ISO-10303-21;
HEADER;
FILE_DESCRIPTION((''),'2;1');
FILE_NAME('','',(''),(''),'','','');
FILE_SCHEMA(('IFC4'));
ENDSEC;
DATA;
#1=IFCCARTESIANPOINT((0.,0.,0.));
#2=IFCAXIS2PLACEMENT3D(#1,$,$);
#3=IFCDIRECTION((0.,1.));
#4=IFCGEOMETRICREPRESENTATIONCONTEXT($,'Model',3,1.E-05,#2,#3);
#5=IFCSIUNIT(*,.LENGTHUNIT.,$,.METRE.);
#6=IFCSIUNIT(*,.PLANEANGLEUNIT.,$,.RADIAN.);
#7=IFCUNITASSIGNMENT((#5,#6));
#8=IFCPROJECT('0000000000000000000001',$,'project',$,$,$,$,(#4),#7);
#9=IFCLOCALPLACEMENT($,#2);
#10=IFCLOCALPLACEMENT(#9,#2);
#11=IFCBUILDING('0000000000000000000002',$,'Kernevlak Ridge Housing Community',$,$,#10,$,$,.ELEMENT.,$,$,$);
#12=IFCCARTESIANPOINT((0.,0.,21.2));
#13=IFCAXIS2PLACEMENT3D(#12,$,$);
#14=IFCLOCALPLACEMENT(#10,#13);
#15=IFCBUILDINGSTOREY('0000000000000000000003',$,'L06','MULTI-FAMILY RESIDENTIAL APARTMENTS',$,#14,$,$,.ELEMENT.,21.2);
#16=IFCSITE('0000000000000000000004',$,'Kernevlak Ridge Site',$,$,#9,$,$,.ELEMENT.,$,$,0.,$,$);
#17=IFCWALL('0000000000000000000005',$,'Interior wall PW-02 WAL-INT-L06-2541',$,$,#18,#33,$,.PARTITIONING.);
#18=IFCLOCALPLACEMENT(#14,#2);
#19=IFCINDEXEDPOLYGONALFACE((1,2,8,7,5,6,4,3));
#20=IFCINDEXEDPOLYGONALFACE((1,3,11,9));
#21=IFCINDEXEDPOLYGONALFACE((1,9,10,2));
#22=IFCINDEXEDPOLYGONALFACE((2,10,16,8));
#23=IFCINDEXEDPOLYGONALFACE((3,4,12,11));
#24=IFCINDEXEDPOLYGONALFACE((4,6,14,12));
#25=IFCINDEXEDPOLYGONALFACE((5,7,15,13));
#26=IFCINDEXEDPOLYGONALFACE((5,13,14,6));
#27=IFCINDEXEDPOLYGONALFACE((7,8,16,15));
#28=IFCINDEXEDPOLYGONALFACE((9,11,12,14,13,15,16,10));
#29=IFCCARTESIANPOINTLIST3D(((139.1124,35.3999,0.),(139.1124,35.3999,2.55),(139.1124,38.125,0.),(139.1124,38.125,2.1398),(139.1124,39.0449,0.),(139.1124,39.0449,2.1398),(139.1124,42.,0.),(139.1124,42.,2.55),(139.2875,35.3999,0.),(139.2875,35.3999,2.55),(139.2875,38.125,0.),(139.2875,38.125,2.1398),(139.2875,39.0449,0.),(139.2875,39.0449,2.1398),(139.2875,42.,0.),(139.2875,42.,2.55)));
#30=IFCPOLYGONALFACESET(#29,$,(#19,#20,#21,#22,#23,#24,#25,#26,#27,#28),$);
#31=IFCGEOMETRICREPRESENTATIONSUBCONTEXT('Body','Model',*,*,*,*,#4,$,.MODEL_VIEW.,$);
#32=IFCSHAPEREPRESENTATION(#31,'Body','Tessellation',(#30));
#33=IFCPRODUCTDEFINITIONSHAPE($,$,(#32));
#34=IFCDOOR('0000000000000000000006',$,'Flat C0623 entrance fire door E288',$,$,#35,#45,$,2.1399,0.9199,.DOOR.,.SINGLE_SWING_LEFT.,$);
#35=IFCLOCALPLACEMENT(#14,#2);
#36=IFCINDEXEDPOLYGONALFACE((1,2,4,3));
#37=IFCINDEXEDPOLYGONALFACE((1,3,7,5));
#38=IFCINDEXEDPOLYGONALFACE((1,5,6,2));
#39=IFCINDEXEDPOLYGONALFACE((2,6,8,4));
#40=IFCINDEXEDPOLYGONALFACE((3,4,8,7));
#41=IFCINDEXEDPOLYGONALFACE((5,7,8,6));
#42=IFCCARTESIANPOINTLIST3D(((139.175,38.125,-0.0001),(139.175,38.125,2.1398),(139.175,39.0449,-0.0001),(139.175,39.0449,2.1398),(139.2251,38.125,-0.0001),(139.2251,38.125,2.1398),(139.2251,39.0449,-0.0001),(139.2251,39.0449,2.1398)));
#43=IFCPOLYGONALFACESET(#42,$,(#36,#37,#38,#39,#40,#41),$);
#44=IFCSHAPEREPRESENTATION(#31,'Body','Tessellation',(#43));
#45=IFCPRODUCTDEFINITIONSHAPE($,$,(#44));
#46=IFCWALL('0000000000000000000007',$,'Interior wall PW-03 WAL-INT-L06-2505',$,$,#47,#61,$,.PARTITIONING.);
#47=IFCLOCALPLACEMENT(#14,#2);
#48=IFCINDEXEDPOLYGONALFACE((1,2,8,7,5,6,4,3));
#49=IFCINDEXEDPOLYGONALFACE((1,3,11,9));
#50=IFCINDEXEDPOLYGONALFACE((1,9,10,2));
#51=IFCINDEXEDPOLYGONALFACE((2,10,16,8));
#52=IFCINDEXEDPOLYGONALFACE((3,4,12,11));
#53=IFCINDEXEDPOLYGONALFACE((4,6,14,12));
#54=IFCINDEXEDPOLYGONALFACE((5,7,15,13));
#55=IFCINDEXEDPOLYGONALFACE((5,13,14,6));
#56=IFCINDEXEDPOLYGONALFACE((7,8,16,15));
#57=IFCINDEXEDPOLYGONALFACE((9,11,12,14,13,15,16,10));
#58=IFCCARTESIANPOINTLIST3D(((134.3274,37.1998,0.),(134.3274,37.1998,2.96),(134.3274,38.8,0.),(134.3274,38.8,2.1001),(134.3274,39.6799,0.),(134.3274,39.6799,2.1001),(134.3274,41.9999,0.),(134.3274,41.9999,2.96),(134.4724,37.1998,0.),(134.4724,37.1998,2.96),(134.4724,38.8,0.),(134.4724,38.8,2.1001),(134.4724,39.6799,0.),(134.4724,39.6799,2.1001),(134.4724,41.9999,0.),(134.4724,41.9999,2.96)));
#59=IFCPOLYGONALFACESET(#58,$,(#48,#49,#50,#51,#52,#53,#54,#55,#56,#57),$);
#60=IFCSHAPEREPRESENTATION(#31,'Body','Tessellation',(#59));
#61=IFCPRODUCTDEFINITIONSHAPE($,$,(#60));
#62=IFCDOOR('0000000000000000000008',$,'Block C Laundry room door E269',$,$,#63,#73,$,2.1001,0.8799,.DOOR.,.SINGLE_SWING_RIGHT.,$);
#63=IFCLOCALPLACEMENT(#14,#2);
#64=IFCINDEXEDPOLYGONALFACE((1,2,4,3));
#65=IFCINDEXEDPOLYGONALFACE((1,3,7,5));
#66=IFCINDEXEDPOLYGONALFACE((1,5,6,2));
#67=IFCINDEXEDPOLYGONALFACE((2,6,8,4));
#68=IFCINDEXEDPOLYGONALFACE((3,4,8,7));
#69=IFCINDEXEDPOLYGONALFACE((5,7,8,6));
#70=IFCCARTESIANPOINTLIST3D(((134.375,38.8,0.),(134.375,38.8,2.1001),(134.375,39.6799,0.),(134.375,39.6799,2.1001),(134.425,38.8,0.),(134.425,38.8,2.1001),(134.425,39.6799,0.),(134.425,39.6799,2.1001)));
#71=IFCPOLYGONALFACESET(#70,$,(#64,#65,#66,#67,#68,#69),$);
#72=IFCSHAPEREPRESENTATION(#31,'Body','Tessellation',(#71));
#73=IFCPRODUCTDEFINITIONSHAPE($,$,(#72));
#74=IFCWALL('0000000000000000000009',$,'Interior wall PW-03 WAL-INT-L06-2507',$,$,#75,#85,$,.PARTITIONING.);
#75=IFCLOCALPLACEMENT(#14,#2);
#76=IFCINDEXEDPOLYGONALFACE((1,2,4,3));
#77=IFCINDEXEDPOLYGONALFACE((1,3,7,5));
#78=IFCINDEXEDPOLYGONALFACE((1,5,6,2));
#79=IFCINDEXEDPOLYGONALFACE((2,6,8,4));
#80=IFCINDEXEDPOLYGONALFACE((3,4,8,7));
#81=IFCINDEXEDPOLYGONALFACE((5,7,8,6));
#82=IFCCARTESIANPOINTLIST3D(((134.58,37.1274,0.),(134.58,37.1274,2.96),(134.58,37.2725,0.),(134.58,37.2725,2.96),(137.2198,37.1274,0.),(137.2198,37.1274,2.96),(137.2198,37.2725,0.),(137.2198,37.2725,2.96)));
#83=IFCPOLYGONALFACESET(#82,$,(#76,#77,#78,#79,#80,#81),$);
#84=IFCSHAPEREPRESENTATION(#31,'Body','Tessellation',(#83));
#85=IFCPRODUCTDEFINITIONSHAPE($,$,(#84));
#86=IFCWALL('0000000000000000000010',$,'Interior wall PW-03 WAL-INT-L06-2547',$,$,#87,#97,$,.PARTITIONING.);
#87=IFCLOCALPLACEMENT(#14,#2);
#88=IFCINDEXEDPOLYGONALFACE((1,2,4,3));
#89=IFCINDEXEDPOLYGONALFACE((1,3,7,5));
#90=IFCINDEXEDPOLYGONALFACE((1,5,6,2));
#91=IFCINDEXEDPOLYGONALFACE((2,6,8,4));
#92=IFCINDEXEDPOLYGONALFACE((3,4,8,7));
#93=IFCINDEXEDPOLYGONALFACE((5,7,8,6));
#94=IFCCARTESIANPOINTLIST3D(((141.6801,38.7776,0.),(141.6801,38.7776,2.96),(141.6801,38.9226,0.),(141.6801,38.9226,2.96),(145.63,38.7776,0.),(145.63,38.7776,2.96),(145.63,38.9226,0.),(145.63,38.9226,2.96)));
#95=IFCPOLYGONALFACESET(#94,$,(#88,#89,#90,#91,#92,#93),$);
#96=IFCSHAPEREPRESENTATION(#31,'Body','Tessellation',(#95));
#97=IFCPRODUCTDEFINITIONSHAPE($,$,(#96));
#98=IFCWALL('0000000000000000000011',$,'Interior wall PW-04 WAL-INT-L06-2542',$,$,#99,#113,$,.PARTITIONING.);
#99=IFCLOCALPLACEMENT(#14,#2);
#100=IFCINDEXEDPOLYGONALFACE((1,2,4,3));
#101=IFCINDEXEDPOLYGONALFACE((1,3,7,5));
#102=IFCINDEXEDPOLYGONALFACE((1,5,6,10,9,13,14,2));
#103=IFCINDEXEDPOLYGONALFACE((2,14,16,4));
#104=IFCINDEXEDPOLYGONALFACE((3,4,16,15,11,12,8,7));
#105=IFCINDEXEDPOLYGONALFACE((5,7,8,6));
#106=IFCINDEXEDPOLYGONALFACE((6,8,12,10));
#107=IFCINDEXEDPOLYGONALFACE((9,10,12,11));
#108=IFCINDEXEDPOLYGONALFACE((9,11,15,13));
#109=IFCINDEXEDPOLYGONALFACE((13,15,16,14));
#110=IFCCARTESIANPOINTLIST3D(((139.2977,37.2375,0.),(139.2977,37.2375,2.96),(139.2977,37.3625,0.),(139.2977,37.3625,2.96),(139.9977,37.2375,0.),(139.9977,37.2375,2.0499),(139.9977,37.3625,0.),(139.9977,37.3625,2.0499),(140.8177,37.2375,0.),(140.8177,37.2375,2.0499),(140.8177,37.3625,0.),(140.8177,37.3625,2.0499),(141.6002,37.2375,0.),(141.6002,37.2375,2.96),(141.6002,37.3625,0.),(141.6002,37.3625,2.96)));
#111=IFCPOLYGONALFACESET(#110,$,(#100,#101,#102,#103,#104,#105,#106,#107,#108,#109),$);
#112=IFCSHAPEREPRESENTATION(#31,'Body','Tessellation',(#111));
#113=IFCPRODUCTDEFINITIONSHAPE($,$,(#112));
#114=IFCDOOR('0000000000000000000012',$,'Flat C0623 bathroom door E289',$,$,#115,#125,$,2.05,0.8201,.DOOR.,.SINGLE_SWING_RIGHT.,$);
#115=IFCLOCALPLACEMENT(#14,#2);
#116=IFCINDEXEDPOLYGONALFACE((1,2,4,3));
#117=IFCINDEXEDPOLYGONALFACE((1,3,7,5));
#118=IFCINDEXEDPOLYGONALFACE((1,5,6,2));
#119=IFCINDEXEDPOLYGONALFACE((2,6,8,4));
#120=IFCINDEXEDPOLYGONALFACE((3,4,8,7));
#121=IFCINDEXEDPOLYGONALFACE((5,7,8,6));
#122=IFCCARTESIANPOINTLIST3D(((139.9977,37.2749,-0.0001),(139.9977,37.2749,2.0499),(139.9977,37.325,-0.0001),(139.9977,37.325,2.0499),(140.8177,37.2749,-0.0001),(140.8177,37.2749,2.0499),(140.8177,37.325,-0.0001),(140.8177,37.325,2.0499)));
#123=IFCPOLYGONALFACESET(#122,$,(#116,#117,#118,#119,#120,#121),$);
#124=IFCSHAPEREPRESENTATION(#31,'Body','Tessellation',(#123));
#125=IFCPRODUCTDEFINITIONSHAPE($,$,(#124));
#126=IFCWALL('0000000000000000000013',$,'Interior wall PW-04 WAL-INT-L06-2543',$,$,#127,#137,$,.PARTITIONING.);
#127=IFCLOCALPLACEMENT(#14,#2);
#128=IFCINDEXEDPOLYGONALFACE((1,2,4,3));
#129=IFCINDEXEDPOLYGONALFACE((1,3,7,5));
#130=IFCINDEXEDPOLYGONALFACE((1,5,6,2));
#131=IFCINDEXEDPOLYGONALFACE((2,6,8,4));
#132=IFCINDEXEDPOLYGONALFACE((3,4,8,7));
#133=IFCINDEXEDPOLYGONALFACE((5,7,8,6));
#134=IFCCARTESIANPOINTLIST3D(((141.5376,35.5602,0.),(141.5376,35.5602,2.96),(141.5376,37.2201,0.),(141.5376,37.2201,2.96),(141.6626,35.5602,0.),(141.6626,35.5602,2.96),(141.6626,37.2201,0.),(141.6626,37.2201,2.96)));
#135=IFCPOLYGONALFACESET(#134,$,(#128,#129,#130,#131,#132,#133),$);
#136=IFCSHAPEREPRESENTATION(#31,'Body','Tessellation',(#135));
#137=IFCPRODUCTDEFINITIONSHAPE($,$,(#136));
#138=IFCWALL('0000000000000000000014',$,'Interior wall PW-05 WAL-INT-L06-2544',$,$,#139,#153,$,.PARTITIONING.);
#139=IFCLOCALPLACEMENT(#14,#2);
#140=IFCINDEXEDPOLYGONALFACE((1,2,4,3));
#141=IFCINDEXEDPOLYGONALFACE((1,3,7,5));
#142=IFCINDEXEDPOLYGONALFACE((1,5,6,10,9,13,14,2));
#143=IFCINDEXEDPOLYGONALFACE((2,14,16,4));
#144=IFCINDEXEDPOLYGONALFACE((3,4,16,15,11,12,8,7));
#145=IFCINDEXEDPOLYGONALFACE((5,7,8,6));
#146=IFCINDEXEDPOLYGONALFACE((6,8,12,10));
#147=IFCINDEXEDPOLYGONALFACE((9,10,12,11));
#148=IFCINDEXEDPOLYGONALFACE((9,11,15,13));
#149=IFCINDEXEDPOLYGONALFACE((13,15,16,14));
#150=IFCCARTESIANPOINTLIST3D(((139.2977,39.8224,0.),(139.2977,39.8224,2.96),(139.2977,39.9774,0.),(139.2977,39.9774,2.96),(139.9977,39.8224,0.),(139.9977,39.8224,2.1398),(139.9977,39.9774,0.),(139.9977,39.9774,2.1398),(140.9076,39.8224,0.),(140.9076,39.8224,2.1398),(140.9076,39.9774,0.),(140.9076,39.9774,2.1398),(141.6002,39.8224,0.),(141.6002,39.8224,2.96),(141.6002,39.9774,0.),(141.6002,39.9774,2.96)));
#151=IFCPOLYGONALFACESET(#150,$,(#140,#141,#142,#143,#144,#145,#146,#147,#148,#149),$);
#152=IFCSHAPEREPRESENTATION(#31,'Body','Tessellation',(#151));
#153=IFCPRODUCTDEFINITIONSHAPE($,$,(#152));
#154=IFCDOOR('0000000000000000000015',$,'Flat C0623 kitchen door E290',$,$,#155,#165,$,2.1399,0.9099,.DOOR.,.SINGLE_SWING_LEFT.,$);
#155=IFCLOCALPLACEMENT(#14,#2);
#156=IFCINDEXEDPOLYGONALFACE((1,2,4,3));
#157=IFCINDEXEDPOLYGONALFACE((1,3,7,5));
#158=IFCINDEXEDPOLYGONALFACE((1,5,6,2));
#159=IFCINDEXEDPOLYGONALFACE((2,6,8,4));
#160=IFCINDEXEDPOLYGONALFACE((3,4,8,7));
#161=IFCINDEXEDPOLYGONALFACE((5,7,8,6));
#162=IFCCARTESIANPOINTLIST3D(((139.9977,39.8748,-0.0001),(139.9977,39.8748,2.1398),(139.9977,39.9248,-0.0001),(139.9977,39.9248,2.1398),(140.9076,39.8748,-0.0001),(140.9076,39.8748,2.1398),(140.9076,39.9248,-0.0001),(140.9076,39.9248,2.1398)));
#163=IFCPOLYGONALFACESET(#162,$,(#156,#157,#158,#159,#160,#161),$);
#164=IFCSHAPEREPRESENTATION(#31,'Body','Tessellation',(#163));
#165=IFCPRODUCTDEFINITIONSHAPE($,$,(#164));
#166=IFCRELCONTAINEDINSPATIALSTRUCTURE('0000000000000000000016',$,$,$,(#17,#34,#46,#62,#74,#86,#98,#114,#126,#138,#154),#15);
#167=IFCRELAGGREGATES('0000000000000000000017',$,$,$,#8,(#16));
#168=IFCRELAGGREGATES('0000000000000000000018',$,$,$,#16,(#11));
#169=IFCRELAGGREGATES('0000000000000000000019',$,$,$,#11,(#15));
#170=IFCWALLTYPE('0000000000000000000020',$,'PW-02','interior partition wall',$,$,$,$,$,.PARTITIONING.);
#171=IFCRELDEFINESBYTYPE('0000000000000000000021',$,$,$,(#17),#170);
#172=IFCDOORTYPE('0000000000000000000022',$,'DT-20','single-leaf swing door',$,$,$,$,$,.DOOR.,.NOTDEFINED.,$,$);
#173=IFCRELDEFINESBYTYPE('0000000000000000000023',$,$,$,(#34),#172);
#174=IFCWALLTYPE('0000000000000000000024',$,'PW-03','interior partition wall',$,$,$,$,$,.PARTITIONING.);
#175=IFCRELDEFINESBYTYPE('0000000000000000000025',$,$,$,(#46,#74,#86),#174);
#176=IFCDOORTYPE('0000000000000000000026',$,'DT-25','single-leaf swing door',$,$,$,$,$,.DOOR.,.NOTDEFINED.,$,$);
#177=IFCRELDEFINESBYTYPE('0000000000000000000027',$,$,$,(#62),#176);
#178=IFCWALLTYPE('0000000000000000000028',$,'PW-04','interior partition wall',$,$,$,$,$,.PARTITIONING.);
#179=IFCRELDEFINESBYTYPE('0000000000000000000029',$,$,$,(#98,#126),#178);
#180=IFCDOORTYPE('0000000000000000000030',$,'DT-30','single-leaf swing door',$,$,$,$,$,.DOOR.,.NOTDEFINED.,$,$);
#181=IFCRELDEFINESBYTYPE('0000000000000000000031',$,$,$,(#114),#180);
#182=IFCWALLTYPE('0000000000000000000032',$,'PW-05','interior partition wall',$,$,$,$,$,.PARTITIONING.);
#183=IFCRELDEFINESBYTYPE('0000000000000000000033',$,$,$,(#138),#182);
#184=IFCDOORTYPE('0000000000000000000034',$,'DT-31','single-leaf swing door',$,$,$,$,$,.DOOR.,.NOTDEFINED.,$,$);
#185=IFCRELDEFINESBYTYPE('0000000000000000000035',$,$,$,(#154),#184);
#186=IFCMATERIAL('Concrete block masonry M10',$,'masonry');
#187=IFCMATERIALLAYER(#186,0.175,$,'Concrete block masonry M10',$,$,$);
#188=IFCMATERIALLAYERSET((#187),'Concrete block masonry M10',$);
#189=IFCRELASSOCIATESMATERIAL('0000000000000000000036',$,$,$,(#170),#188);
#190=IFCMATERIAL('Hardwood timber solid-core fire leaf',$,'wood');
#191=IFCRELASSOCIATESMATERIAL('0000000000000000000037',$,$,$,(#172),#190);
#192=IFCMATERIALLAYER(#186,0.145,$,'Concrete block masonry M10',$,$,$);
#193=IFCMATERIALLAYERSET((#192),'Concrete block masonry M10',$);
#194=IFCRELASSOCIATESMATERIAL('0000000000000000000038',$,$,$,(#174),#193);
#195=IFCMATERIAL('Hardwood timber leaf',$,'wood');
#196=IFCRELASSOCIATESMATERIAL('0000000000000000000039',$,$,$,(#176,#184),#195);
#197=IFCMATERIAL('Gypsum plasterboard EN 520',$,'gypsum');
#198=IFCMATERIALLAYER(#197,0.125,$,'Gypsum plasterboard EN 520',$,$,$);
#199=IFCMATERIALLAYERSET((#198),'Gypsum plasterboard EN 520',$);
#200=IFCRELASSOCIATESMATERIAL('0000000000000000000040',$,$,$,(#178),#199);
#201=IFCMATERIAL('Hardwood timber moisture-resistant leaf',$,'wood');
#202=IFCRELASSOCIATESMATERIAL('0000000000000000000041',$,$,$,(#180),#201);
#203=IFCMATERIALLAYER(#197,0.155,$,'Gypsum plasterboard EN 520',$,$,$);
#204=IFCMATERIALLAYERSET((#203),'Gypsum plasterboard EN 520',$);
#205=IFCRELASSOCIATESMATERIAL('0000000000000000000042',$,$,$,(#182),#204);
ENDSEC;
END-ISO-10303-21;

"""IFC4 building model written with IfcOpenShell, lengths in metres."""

from ifc_helpers import new_model, si_unit, direction, frame, frame_2d, origin, place, context, subcontext, project, spatial, rectangle, extrude, material, layer, layer_set, type_object, element, fill, save


model = new_model("IFC4")

# Units and contexts
model_context = context("Model", 3, precision=1e-05, world=origin(), true_north=direction((0.0, 1.0)))
body_context = subcontext(model_context, "Body", "Model", "MODEL_VIEW")
ifc_project = project(units=[si_unit("LENGTHUNIT", "METRE"), si_unit("PLANEANGLEUNIT", "RADIAN")], contexts=[model_context])

# Site, building, storey
site_placement = place(None, origin())
site = spatial("IfcSite", under=ifc_project, at=site_placement, Name="Kernevlak Ridge Site", CompositionType="ELEMENT", RefElevation=0.0)
building_placement = place(site_placement, origin())
building = spatial("IfcBuilding", under=site, at=building_placement, Name="Kernevlak Ridge Housing Community", CompositionType="ELEMENT")
storey_placement = place(building_placement, frame((0.0, 0.0, 21.2)))
storey = spatial("IfcBuildingStorey", under=building, at=storey_placement, Name="L06", Description="MULTI-FAMILY RESIDENTIAL APARTMENTS", CompositionType="ELEMENT", Elevation=21.2)

# Shared definitions
ifc_material_1 = material(Name="Concrete block masonry M10", Category="masonry")

# Walls, openings, doors
ifc_layer_1 = layer(ifc_material_1, 0.175, Name="Concrete block masonry M10")
ifc_layer_set_1 = layer_set([ifc_layer_1], Name="Concrete block masonry M10")
wall_type_1 = type_object("IfcWallType", Name="PW-02", Description="interior partition wall", PredefinedType="PARTITIONING", material=ifc_layer_set_1)
wall_1_placement = place(storey_placement, frame((139.2, 35.3999, 0.0), z_axis=(0.0, 0.0, 1.0), x_axis=(0.0, 1.0, 0.0)))
wall_1 = element("IfcWall", 1, at=wall_1_placement, inside=storey, type_object=wall_type_1, Name="Interior wall PW-02 WAL-INT-L06-2541", PredefinedType="PARTITIONING", context=body_context, shape_type="SweptSolid", body=[
    extrude(rectangle(XDim=6.6001, YDim=0.175, at=frame_2d((3.3, 0.0))), origin(), (0.0, 0.0, 1.0), 2.55),
])
opening_1_placement = place(wall_1_placement, frame((2.7251, 0.0, 0.0)))
opening_1 = element("IfcOpeningElement", 2, at=opening_1_placement, cuts=wall_1, PredefinedType="OPENING", context=body_context, shape_type="SweptSolid", body=[
    extrude(rectangle(XDim=0.9199, YDim=2.1399, at=frame_2d((0.46, 1.0698))), frame((0.0, 0.0974, 0.0), z_axis=(0.0, -1.0, 0.0), x_axis=(1.0, 0.0, 0.0)), (0.0, 0.0, 1.0), 0.1951),
])
ifc_material_2 = material(Name="Hardwood timber solid-core fire leaf", Category="wood")
door_type_1 = type_object("IfcDoorType", Name="DT-20", Description="single-leaf swing door", OperationType="NOTDEFINED", PredefinedType="DOOR", material=ifc_material_2)
door_1_placement = place(opening_1_placement, origin())
door_1 = element("IfcDoor", 3, at=door_1_placement, inside=storey, type_object=door_type_1, Name="Flat C0623 entrance fire door E288", OperationType="SINGLE_SWING_LEFT", OverallHeight=2.1399, OverallWidth=0.9199, PredefinedType="DOOR", context=body_context, shape_type="SweptSolid", body=[
    extrude(rectangle(XDim=0.9199, YDim=2.1399, at=frame_2d((0.46, 1.0698))), frame((0.0, 0.0249, 0.0), z_axis=(0.0, -1.0, 0.0), x_axis=(1.0, 0.0, 0.0)), (0.0, 0.0, 1.0), 0.05),
])
fill(opening_1, door_1)
ifc_layer_2 = layer(ifc_material_1, 0.145, Name="Concrete block masonry M10")
ifc_layer_set_2 = layer_set([ifc_layer_2], Name="Concrete block masonry M10")
wall_type_2 = type_object("IfcWallType", Name="PW-03", Description="interior partition wall", PredefinedType="PARTITIONING", material=ifc_layer_set_2)
wall_2_placement = place(storey_placement, frame((134.3999, 37.2, 0.0), z_axis=(0.0, 0.0, 1.0), x_axis=(0.0, 1.0, 0.0)))
wall_2 = element("IfcWall", 4, at=wall_2_placement, inside=storey, type_object=wall_type_2, Name="Interior wall PW-03 WAL-INT-L06-2505", PredefinedType="PARTITIONING", context=body_context, shape_type="SweptSolid", body=[
    extrude(rectangle(XDim=4.8, YDim=0.145, at=frame_2d((2.3999, 0.0))), origin(), (0.0, 0.0, 1.0), 2.96),
])
opening_2_placement = place(wall_2_placement, frame((1.6001, 0.0, 0.0)))
opening_2 = element("IfcOpeningElement", 5, at=opening_2_placement, cuts=wall_2, PredefinedType="OPENING", context=body_context, shape_type="SweptSolid", body=[
    extrude(rectangle(XDim=0.8799, YDim=2.1001, at=frame_2d((0.4399, 1.05))), frame((0.0, 0.0825, 0.0), z_axis=(0.0, -1.0, 0.0), x_axis=(1.0, 0.0, 0.0)), (0.0, 0.0, 1.0), 0.165),
])
ifc_material_3 = material(Name="Hardwood timber leaf", Category="wood")
door_type_2 = type_object("IfcDoorType", Name="DT-25", Description="single-leaf swing door", OperationType="NOTDEFINED", PredefinedType="DOOR", material=ifc_material_3)
door_2_placement = place(opening_2_placement, origin())
door_2 = element("IfcDoor", 6, at=door_2_placement, inside=storey, type_object=door_type_2, Name="Block C Laundry room door E269", OperationType="SINGLE_SWING_RIGHT", OverallHeight=2.1001, OverallWidth=0.8799, PredefinedType="DOOR", context=body_context, shape_type="SweptSolid", body=[
    extrude(rectangle(XDim=0.8799, YDim=2.1001, at=frame_2d((0.4399, 1.05))), frame((0.0, 0.0249, 0.0), z_axis=(0.0, -1.0, 0.0), x_axis=(1.0, 0.0, 0.0)), (0.0, 0.0, 1.0), 0.05),
])
fill(opening_2, door_2)

# Walls
wall_3_placement = place(storey_placement, frame((134.5801, 37.2, 0.0), z_axis=(0.0, 0.0, 1.0), x_axis=(1.0, 0.0, 0.0)))
element("IfcWall", 7, at=wall_3_placement, inside=storey, type_object=wall_type_2, Name="Interior wall PW-03 WAL-INT-L06-2507", PredefinedType="PARTITIONING", context=body_context, shape_type="SweptSolid", body=[
    extrude(rectangle(XDim=2.6399, YDim=0.145, at=frame_2d((1.3198, 0.0))), origin(), (0.0, 0.0, 1.0), 2.96),
])
wall_4_placement = place(storey_placement, frame((141.6799, 38.8501, 0.0), z_axis=(0.0, 0.0, 1.0), x_axis=(1.0, 0.0, 0.0)))
element("IfcWall", 8, at=wall_4_placement, inside=storey, type_object=wall_type_2, Name="Interior wall PW-03 WAL-INT-L06-2547", PredefinedType="PARTITIONING", context=body_context, shape_type="SweptSolid", body=[
    extrude(rectangle(XDim=3.95, YDim=0.145, at=frame_2d((1.9751, 0.0))), origin(), (0.0, 0.0, 1.0), 2.96),
])

# Wall, opening, door
ifc_material_4 = material(Name="Gypsum plasterboard EN 520", Category="gypsum")
ifc_layer_3 = layer(ifc_material_4, 0.125, Name="Gypsum plasterboard EN 520")
ifc_layer_set_3 = layer_set([ifc_layer_3], Name="Gypsum plasterboard EN 520")
wall_type_3 = type_object("IfcWallType", Name="PW-04", Description="interior partition wall", PredefinedType="PARTITIONING", material=ifc_layer_set_3)
wall_5_placement = place(storey_placement, frame((139.2976, 37.3, 0.0), z_axis=(0.0, 0.0, 1.0), x_axis=(1.0, 0.0, 0.0)))
wall_5 = element("IfcWall", 9, at=wall_5_placement, inside=storey, type_object=wall_type_3, Name="Interior wall PW-04 WAL-INT-L06-2542", PredefinedType="PARTITIONING", context=body_context, shape_type="SweptSolid", body=[
    extrude(rectangle(XDim=2.3025, YDim=0.125, at=frame_2d((1.1514, 0.0))), origin(), (0.0, 0.0, 1.0), 2.96),
])
opening_3_placement = place(wall_5_placement, frame((0.7, 0.0, 0.0)))
opening_3 = element("IfcOpeningElement", 10, at=opening_3_placement, cuts=wall_5, PredefinedType="OPENING", context=body_context, shape_type="SweptSolid", body=[
    extrude(rectangle(XDim=0.8201, YDim=2.05, at=frame_2d((0.4102, 1.0249))), frame((0.0, 0.0725, 0.0), z_axis=(0.0, -1.0, 0.0), x_axis=(1.0, 0.0, 0.0)), (0.0, 0.0, 1.0), 0.145),
])
ifc_material_5 = material(Name="Hardwood timber moisture-resistant leaf", Category="wood")
door_type_3 = type_object("IfcDoorType", Name="DT-30", Description="single-leaf swing door", OperationType="NOTDEFINED", PredefinedType="DOOR", material=ifc_material_5)
door_3_placement = place(opening_3_placement, origin())
door_3 = element("IfcDoor", 11, at=door_3_placement, inside=storey, type_object=door_type_3, Name="Flat C0623 bathroom door E289", OperationType="SINGLE_SWING_RIGHT", OverallHeight=2.05, OverallWidth=0.8201, PredefinedType="DOOR", context=body_context, shape_type="SweptSolid", body=[
    extrude(rectangle(XDim=0.8201, YDim=2.05, at=frame_2d((0.4102, 1.0249))), frame((0.0, 0.0249, 0.0), z_axis=(0.0, -1.0, 0.0), x_axis=(1.0, 0.0, 0.0)), (0.0, 0.0, 1.0), 0.05),
])
fill(opening_3, door_3)

# Wall
wall_6_placement = place(storey_placement, frame((141.6001, 35.5601, 0.0), z_axis=(0.0, 0.0, 1.0), x_axis=(0.0, 1.0, 0.0)))
element("IfcWall", 12, at=wall_6_placement, inside=storey, type_object=wall_type_3, Name="Interior wall PW-04 WAL-INT-L06-2543", PredefinedType="PARTITIONING", context=body_context, shape_type="SweptSolid", body=[
    extrude(rectangle(XDim=1.6599, YDim=0.125, at=frame_2d((0.8301, 0.0))), origin(), (0.0, 0.0, 1.0), 2.96),
])

# Wall, opening, door
ifc_layer_4 = layer(ifc_material_4, 0.155, Name="Gypsum plasterboard EN 520")
ifc_layer_set_4 = layer_set([ifc_layer_4], Name="Gypsum plasterboard EN 520")
wall_type_4 = type_object("IfcWallType", Name="PW-05", Description="interior partition wall", PredefinedType="PARTITIONING", material=ifc_layer_set_4)
wall_7_placement = place(storey_placement, frame((139.2976, 39.8999, 0.0), z_axis=(0.0, 0.0, 1.0), x_axis=(1.0, 0.0, 0.0)))
wall_7 = element("IfcWall", 13, at=wall_7_placement, inside=storey, type_object=wall_type_4, Name="Interior wall PW-05 WAL-INT-L06-2544", PredefinedType="PARTITIONING", context=body_context, shape_type="SweptSolid", body=[
    extrude(rectangle(XDim=2.3025, YDim=0.155, at=frame_2d((1.1514, 0.0))), origin(), (0.0, 0.0, 1.0), 2.96),
])
opening_4_placement = place(wall_7_placement, frame((0.7, 0.0, 0.0)))
opening_4 = element("IfcOpeningElement", 14, at=opening_4_placement, cuts=wall_7, PredefinedType="OPENING", context=body_context, shape_type="SweptSolid", body=[
    extrude(rectangle(XDim=0.9099, YDim=2.1399, at=frame_2d((0.4551, 1.0698))), frame((0.0, 0.0874, 0.0), z_axis=(0.0, -1.0, 0.0), x_axis=(1.0, 0.0, 0.0)), (0.0, 0.0, 1.0), 0.175),
])
door_type_4 = type_object("IfcDoorType", Name="DT-31", Description="single-leaf swing door", OperationType="NOTDEFINED", PredefinedType="DOOR", material=ifc_material_3)
door_4_placement = place(opening_4_placement, origin())
door_4 = element("IfcDoor", 15, at=door_4_placement, inside=storey, type_object=door_type_4, Name="Flat C0623 kitchen door E290", OperationType="SINGLE_SWING_LEFT", OverallHeight=2.1399, OverallWidth=0.9099, PredefinedType="DOOR", context=body_context, shape_type="SweptSolid", body=[
    extrude(rectangle(XDim=0.9099, YDim=2.1399, at=frame_2d((0.4551, 1.0698))), frame((0.0, 0.0249, 0.0), z_axis=(0.0, -1.0, 0.0), x_axis=(1.0, 0.0, 0.0)), (0.0, 0.0, 1.0), 0.05),
])
fill(opening_4, door_4)

save(model, "model.ifc")
